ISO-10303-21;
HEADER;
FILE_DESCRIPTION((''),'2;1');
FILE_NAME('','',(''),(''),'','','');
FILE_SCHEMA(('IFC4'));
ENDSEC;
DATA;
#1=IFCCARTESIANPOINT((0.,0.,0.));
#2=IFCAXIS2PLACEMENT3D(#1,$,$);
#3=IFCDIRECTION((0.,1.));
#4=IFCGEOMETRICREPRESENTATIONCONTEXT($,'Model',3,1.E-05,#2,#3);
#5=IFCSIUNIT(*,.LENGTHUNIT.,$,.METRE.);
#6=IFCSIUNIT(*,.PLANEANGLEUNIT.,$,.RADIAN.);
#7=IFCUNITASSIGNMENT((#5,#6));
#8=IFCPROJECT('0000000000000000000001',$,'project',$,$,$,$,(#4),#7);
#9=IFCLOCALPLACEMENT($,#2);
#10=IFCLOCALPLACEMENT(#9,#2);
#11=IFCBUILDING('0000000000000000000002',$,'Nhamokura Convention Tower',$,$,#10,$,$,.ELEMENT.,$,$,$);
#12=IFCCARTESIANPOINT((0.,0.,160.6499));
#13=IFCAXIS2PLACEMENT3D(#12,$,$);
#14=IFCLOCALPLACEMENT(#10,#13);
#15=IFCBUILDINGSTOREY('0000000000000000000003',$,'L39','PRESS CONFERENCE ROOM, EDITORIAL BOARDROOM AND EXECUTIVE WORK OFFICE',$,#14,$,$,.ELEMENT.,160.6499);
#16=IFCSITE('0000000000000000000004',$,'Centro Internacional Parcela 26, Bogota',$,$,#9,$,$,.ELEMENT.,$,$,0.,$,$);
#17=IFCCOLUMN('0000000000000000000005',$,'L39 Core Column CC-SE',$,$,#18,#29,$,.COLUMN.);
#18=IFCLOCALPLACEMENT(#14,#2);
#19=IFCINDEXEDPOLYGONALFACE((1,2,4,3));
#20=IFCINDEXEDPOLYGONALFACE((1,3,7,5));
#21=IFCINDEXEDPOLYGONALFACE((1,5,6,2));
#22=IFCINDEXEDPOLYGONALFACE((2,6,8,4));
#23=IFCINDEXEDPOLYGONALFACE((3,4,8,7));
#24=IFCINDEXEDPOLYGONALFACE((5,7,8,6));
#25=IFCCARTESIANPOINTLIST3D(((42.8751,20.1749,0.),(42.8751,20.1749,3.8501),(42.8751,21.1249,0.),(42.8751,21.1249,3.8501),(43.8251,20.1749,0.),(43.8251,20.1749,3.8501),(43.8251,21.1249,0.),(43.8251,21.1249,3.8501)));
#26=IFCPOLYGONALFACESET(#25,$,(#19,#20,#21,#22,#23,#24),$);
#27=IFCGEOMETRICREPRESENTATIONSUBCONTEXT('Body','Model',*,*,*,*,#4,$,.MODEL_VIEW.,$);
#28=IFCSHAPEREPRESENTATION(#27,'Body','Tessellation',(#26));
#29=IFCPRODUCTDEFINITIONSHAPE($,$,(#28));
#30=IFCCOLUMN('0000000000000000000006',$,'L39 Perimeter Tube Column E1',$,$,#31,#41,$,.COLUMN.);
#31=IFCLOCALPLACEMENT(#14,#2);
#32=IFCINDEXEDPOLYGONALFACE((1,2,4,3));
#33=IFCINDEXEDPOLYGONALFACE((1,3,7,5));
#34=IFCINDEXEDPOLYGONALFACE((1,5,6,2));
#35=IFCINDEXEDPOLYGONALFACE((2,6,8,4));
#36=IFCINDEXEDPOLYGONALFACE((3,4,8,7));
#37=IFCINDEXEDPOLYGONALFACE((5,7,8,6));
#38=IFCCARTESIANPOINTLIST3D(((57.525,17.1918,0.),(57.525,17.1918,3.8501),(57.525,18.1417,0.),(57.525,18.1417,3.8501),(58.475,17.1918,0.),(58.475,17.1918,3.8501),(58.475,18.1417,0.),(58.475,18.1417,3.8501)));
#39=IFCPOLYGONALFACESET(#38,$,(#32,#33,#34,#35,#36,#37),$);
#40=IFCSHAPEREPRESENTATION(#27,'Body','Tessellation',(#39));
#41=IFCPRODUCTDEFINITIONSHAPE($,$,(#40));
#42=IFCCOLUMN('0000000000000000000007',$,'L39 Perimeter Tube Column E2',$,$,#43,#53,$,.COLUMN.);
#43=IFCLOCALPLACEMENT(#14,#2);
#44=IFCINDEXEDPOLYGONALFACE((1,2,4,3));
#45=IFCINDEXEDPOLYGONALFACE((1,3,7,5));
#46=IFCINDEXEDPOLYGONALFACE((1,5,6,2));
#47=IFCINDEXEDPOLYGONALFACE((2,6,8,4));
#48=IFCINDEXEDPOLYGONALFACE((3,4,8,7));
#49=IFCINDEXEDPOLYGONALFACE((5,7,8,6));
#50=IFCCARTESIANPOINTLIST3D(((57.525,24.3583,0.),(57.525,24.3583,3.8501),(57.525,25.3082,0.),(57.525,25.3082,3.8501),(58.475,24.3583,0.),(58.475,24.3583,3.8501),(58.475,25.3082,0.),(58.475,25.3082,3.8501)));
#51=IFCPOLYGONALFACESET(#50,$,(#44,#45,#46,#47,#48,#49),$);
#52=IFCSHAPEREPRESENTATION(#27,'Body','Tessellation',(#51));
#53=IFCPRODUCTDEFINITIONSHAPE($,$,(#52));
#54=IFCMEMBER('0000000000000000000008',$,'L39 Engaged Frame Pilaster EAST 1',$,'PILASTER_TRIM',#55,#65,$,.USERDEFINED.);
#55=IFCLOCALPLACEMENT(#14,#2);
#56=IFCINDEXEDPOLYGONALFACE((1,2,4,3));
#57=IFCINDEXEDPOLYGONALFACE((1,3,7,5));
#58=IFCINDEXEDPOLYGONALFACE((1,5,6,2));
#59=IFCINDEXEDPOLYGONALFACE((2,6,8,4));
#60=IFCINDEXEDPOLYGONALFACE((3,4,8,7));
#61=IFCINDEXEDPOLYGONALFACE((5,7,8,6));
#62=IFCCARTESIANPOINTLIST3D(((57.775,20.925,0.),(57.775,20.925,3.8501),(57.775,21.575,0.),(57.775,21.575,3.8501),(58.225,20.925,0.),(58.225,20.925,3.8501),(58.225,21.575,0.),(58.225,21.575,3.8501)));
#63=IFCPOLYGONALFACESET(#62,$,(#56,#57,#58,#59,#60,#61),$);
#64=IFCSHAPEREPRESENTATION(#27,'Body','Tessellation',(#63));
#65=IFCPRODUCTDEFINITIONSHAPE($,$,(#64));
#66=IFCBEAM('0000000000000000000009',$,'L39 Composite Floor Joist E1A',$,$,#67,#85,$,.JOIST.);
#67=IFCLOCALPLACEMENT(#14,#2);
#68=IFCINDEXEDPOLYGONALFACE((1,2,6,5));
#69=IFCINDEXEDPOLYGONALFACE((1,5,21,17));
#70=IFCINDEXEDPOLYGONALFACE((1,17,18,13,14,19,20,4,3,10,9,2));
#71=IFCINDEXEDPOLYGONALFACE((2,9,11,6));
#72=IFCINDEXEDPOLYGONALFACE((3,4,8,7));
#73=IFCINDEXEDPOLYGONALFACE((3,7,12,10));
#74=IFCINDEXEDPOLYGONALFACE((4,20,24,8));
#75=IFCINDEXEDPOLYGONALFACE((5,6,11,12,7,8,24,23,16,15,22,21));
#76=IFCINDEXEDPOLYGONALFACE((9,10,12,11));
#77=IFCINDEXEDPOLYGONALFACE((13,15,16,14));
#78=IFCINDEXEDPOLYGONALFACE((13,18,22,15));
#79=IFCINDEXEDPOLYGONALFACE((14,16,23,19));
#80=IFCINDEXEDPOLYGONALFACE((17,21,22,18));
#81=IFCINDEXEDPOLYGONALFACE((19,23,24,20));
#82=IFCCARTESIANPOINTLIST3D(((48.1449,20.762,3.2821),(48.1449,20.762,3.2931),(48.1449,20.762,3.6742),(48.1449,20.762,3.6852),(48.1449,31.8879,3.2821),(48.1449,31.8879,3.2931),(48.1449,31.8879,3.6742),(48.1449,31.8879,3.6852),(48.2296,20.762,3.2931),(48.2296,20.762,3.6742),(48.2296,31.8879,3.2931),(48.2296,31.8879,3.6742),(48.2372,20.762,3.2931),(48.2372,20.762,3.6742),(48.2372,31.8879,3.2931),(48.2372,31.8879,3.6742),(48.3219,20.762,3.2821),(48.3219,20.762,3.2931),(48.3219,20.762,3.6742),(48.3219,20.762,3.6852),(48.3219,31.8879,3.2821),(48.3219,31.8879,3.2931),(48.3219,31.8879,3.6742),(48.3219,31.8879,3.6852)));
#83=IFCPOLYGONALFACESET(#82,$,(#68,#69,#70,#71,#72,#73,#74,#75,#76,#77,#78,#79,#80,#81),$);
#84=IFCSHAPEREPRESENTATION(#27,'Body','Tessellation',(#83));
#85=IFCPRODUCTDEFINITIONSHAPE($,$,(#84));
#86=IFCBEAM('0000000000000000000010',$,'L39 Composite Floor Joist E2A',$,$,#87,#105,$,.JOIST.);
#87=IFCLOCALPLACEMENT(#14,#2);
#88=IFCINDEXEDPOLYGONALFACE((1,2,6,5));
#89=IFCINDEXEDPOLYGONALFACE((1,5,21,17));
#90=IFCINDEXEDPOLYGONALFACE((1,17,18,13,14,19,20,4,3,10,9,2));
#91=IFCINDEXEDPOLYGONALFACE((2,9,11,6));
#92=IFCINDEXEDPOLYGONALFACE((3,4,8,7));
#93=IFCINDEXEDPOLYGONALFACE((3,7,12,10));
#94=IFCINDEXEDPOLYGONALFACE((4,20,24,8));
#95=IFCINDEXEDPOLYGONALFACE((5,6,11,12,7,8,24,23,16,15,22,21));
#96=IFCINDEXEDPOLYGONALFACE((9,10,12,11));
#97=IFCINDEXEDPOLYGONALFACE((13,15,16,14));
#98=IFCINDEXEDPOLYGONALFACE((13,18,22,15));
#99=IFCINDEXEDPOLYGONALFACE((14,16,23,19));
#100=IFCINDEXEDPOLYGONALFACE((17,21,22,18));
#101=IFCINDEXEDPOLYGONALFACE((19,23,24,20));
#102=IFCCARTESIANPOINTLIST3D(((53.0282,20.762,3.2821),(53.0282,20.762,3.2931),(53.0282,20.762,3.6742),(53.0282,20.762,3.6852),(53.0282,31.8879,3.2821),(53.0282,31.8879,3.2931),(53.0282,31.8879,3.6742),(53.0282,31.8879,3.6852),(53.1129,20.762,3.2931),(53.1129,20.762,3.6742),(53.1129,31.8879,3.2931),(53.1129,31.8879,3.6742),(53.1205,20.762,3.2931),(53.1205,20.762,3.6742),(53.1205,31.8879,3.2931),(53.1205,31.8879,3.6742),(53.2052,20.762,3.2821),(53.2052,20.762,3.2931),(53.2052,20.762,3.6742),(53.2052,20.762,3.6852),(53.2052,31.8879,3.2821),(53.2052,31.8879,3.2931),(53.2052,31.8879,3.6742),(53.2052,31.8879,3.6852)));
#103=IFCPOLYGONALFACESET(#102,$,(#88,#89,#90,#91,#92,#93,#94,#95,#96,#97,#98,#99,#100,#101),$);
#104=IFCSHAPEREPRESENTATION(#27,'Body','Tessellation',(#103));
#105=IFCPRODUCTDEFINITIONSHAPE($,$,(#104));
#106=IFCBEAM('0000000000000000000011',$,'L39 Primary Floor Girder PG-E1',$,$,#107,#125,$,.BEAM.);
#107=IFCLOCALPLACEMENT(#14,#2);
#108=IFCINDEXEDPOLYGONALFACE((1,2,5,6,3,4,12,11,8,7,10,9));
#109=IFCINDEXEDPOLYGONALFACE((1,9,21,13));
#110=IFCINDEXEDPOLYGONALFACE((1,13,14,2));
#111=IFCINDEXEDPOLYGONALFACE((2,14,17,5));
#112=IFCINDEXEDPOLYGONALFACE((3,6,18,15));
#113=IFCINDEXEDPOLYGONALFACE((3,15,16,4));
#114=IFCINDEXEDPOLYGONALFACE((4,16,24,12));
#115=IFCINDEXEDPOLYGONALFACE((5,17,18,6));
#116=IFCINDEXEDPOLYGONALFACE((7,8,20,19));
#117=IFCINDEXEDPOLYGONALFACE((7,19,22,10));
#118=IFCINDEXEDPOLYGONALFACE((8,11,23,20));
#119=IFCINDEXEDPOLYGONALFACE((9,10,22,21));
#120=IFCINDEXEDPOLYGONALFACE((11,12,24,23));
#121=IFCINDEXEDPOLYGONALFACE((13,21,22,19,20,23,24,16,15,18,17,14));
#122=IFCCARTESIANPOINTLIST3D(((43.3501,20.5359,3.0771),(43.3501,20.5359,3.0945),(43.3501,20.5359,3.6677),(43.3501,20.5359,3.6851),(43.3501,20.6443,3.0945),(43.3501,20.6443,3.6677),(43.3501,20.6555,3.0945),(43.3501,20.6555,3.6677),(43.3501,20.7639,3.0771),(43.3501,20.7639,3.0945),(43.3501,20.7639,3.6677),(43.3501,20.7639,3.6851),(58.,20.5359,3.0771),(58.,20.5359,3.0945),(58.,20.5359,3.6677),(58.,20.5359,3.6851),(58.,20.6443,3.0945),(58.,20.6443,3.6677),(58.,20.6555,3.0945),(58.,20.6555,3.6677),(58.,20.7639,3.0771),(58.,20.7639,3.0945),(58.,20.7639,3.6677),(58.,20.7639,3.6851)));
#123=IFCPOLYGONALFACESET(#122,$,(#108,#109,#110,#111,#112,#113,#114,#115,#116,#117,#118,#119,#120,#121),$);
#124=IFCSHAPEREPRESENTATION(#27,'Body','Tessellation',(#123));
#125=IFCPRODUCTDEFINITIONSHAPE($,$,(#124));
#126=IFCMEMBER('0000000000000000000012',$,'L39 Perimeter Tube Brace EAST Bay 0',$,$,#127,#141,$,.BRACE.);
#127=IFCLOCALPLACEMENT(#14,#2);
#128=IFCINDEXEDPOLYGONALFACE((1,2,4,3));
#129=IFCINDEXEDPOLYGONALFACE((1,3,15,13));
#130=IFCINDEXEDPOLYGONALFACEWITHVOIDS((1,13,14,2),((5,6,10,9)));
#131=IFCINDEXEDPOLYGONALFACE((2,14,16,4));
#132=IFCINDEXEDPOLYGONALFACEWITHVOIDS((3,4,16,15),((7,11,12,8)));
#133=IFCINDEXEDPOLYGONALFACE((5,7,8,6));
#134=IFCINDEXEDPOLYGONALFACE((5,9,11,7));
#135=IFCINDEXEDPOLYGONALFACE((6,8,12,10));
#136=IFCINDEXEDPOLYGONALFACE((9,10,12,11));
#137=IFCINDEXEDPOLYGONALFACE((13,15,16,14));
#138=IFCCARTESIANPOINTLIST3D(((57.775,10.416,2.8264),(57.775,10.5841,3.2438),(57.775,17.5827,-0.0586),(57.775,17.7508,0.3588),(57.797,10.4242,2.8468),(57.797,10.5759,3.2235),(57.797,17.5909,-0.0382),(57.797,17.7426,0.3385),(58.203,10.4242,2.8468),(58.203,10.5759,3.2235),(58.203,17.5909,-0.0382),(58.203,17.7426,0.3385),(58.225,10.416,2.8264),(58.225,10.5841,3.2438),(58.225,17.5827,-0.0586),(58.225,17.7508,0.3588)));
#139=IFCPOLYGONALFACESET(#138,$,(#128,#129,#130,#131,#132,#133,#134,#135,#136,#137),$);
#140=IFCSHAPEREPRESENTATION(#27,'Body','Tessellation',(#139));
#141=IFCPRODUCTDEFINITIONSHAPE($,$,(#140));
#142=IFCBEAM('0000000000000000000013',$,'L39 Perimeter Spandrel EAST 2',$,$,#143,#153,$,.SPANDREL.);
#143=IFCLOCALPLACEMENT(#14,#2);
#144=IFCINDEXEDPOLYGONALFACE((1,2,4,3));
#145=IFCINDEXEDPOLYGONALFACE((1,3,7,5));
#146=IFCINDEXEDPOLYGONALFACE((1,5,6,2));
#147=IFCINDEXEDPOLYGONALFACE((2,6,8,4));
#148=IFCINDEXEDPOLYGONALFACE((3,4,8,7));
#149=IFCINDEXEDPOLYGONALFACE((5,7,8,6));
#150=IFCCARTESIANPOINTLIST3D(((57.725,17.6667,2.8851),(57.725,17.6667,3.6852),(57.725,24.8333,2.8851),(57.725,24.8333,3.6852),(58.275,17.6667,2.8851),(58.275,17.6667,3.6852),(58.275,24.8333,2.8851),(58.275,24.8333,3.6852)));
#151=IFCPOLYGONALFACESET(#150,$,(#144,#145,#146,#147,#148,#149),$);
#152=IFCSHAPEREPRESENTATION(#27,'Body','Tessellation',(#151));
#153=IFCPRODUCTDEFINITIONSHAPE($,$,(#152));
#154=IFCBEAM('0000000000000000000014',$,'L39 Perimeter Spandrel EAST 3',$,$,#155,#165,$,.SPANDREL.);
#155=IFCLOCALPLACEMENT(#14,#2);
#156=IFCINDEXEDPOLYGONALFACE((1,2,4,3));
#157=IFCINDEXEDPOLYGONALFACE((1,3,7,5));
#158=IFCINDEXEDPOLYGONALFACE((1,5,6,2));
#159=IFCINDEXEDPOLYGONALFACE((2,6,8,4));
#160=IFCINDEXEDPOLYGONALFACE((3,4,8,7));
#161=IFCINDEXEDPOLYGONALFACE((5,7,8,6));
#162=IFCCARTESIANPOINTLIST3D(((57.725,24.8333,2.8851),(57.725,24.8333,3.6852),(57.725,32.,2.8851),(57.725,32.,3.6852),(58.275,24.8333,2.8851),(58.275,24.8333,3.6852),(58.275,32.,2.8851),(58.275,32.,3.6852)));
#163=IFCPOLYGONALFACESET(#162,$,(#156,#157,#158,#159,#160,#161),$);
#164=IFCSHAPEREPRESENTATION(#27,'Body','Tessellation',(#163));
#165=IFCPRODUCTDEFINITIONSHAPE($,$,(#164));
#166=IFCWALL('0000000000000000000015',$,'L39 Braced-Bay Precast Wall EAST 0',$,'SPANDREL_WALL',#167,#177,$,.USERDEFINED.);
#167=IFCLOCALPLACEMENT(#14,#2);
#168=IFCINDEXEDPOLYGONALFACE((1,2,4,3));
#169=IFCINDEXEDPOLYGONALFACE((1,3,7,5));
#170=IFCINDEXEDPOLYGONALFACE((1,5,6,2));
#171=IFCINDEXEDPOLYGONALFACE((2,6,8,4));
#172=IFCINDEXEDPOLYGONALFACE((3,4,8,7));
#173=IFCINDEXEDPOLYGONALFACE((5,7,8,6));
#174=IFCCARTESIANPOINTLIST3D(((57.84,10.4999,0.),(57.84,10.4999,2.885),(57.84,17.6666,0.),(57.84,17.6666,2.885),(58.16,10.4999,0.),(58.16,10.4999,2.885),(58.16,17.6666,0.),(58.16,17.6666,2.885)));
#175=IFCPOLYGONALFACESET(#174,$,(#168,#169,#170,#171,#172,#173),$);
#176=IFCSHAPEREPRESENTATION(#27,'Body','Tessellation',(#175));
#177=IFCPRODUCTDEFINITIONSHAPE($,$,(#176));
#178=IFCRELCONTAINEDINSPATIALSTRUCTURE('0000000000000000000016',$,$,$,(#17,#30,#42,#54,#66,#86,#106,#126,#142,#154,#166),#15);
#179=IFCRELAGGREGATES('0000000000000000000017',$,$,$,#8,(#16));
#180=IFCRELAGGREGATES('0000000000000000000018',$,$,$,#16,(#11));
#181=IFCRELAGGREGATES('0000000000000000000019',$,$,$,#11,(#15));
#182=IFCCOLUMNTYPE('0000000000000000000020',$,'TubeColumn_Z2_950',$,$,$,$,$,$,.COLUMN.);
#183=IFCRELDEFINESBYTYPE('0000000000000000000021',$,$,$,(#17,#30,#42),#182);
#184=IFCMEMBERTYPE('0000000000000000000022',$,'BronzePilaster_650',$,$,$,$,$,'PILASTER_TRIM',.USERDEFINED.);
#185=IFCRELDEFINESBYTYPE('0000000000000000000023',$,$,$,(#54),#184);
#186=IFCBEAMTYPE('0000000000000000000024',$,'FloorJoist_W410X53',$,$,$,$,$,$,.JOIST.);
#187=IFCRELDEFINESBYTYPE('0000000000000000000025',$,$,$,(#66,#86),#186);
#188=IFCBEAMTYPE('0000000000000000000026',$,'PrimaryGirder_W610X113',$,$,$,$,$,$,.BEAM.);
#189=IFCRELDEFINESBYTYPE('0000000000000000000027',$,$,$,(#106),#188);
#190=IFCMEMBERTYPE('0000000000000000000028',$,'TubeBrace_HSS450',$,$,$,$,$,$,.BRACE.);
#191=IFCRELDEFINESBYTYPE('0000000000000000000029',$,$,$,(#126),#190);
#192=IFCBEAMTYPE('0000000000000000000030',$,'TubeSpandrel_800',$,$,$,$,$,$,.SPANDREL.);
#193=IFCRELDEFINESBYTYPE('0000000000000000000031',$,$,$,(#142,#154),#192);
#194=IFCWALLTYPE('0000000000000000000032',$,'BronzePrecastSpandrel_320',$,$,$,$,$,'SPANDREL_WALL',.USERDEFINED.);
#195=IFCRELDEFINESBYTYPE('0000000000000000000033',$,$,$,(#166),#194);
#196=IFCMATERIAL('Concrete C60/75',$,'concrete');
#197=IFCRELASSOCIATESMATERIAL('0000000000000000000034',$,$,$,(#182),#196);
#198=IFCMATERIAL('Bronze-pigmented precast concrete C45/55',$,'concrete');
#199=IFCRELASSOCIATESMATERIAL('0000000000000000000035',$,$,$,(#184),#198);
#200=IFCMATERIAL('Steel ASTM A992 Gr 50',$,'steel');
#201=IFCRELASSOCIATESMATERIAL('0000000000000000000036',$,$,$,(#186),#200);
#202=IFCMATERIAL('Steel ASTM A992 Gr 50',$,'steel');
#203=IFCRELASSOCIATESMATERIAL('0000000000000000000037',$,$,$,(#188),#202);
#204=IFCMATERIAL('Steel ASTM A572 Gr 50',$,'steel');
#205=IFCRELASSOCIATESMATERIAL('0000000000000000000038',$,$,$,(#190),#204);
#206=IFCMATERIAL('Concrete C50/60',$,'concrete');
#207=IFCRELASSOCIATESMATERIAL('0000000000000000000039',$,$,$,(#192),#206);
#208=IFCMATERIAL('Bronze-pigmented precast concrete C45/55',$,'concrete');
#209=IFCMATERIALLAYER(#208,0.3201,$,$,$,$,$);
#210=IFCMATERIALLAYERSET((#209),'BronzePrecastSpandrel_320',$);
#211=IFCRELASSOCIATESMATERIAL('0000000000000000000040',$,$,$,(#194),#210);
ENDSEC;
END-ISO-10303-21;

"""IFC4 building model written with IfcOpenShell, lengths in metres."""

from ifc_helpers import new_model, si_unit, direction, frame, frame_2d, origin, origin_2d, place, context, subcontext, project, spatial, rectangle, hollow_rectangle, i_section, extrude, material, layer, layer_set, material_profile, profile_set, type_object, element, save


model = new_model("IFC4")

# Units and contexts
model_context = context("Model", 3, precision=1e-05, world=origin(), true_north=direction((0.0, 1.0)))
body_context = subcontext(model_context, "Body", "Model", "MODEL_VIEW")
ifc_project = project(units=[si_unit("LENGTHUNIT", "METRE"), si_unit("PLANEANGLEUNIT", "RADIAN")], contexts=[model_context])

# Site, building, storey
site_placement = place(None, origin())
site = spatial("IfcSite", under=ifc_project, at=site_placement, Name="Centro Internacional Parcela 26, Bogota", CompositionType="ELEMENT", RefElevation=0.0)
building_placement = place(site_placement, origin())
building = spatial("IfcBuilding", under=site, at=building_placement, Name="Nhamokura Convention Tower", CompositionType="ELEMENT")
storey_placement = place(building_placement, frame((0.0, 0.0, 160.6499)))
storey = spatial("IfcBuildingStorey", under=building, at=storey_placement, Name="L39", Description="PRESS CONFERENCE ROOM, EDITORIAL BOARDROOM AND EXECUTIVE WORK OFFICE", CompositionType="ELEMENT", Elevation=160.6499)

# Columns
ifc_material_1 = material(Name="Concrete C60/75", Category="concrete")
ifc_material_profile_1 = material_profile(ifc_material_1, rectangle(XDim=0.95, YDim=0.95, at=origin_2d()))
ifc_profile_set_1 = profile_set([ifc_material_profile_1], Name="Concrete C60/75")
column_type = type_object("IfcColumnType", Name="TubeColumn_Z2_950", PredefinedType="COLUMN", material=ifc_profile_set_1)
for number, where, z_axis, x_axis, name in (
    (1, (43.3501, 20.6499, 0.0), (0.0, 0.0, 1.0), (1.0, 0.0, 0.0), "L39 Core Column CC-SE"),
    (2, (58.0, 17.6667, 0.0), (0.0, 0.0, 1.0), (1.0, 0.0, 0.0), "L39 Perimeter Tube Column E1"),
    (3, (58.0, 24.8333, 0.0), (0.0, 0.0, 1.0), (1.0, 0.0, 0.0), "L39 Perimeter Tube Column E2"),
):
    element("IfcColumn", number, at=place(storey_placement, frame(where, z_axis=z_axis, x_axis=x_axis)), inside=storey, type_object=column_type, Name=name, PredefinedType="COLUMN", context=body_context, shape_type="SweptSolid", body=[
        extrude(rectangle(XDim=0.95, YDim=0.95, at=origin_2d()), origin(), (0.0, 0.0, 1.0), 3.8501),
    ])

# Member
ifc_material_2 = material(Name="Bronze-pigmented precast concrete C45/55", Category="concrete")
ifc_material_profile_2 = material_profile(ifc_material_2, rectangle(XDim=0.45, YDim=0.6499, at=origin_2d()))
ifc_profile_set_2 = profile_set([ifc_material_profile_2], Name="Bronze-pigmented precast concrete C45/55")
member_type_1 = type_object("IfcMemberType", Name="BronzePilaster_650", ElementType="PILASTER_TRIM", PredefinedType="USERDEFINED", material=ifc_profile_set_2)
member_1_placement = place(storey_placement, frame((58.0, 21.25, 0.0), z_axis=(0.0, 0.0, 1.0), x_axis=(1.0, 0.0, 0.0)))
element("IfcMember", 4, at=member_1_placement, inside=storey, type_object=member_type_1, Name="L39 Engaged Frame Pilaster EAST 1", ObjectType="PILASTER_TRIM", PredefinedType="USERDEFINED", context=body_context, shape_type="SweptSolid", body=[
    extrude(rectangle(XDim=0.45, YDim=0.6499, at=origin_2d()), origin(), (0.0, 0.0, 1.0), 3.8501),
])

# Beams
ifc_material_3 = material(Name="Steel ASTM A992 Gr 50", Category="steel")
ifc_material_profile_3 = material_profile(ifc_material_3, i_section(OverallWidth=0.177, OverallDepth=0.4031, WebThickness=0.0076, FlangeThickness=0.011, at=origin_2d()))
ifc_profile_set_3 = profile_set([ifc_material_profile_3], Name="Steel ASTM A992 Gr 50")
beam_type_1 = type_object("IfcBeamType", Name="FloorJoist_W410X53", PredefinedType="JOIST", material=ifc_profile_set_3)
for number, where, z_axis, x_axis, name in (
    (5, (48.2334, 20.762, 3.4836), (0.0, 1.0, 0.0), (-1.0, 0.0, 0.0), "L39 Composite Floor Joist E1A"),
    (6, (53.1167, 20.762, 3.4836), (0.0, 1.0, 0.0), (-1.0, 0.0, 0.0), "L39 Composite Floor Joist E2A"),
):
    element("IfcBeam", number, at=place(storey_placement, frame(where, z_axis=z_axis, x_axis=x_axis)), inside=storey, type_object=beam_type_1, Name=name, PredefinedType="JOIST", context=body_context, shape_type="SweptSolid", body=[
        extrude(i_section(OverallWidth=0.177, OverallDepth=0.4031, WebThickness=0.0076, FlangeThickness=0.011, at=origin_2d()), origin(), (0.0, 0.0, 1.0), 11.126),
    ])
ifc_material_4 = material(Name="Steel ASTM A992 Gr 50", Category="steel")
ifc_material_profile_4 = material_profile(ifc_material_4, i_section(OverallWidth=0.228, OverallDepth=0.6079, WebThickness=0.0112, FlangeThickness=0.0173, at=origin_2d()))
ifc_profile_set_4 = profile_set([ifc_material_profile_4], Name="Steel ASTM A992 Gr 50")
beam_type_2 = type_object("IfcBeamType", Name="PrimaryGirder_W610X113", PredefinedType="BEAM", material=ifc_profile_set_4)
beam_1_placement = place(storey_placement, frame((43.3501, 20.6499, 3.3811), z_axis=(1.0, 0.0, 0.0), x_axis=(0.0, 1.0, 0.0)))
element("IfcBeam", 7, at=beam_1_placement, inside=storey, type_object=beam_type_2, Name="L39 Primary Floor Girder PG-E1", PredefinedType="BEAM", context=body_context, shape_type="SweptSolid", body=[
    extrude(i_section(OverallWidth=0.228, OverallDepth=0.6079, WebThickness=0.0112, FlangeThickness=0.0173, at=origin_2d()), origin(), (0.0, 0.0, 1.0), 14.6499),
])

# Member
ifc_material_5 = material(Name="Steel ASTM A572 Gr 50", Category="steel")
ifc_material_profile_5 = material_profile(ifc_material_5, hollow_rectangle(XDim=0.45, YDim=0.45, WallThickness=0.022, at=origin_2d()))
ifc_profile_set_5 = profile_set([ifc_material_profile_5], Name="Steel ASTM A572 Gr 50")
member_type_2 = type_object("IfcMemberType", Name="TubeBrace_HSS450", PredefinedType="BRACE", material=ifc_profile_set_5)
member_2_placement = place(storey_placement, frame((58.0, 17.6667, 0.1501), z_axis=(0.0, -0.927657, 0.373433), x_axis=(1.0, 0.0, 0.0)))
element("IfcMember", 8, at=member_2_placement, inside=storey, type_object=member_type_2, Name="L39 Perimeter Tube Brace EAST Bay 0", PredefinedType="BRACE", context=body_context, shape_type="SweptSolid", body=[
    extrude(hollow_rectangle(XDim=0.45, YDim=0.45, WallThickness=0.022, at=origin_2d()), origin(), (0.0, 0.0, 1.0), 7.7256),
])

# Beams
ifc_material_6 = material(Name="Concrete C50/60", Category="concrete")
ifc_material_profile_6 = material_profile(ifc_material_6, rectangle(XDim=0.55, YDim=0.8, at=origin_2d()))
ifc_profile_set_6 = profile_set([ifc_material_profile_6], Name="Concrete C50/60")
beam_type_3 = type_object("IfcBeamType", Name="TubeSpandrel_800", PredefinedType="SPANDREL", material=ifc_profile_set_6)
beam_2_placement = place(storey_placement, frame((58.0, 17.6667, 3.2852), z_axis=(0.0, 1.0, 0.0), x_axis=(-1.0, 0.0, 0.0)))
element("IfcBeam", 9, at=beam_2_placement, inside=storey, type_object=beam_type_3, Name="L39 Perimeter Spandrel EAST 2", PredefinedType="SPANDREL", context=body_context, shape_type="SweptSolid", body=[
    extrude(rectangle(XDim=0.55, YDim=0.8, at=origin_2d()), origin(), (0.0, 0.0, 1.0), 7.1665),
])
beam_3_placement = place(storey_placement, frame((58.0, 24.8333, 3.2852), z_axis=(0.0, 1.0, 0.0), x_axis=(-1.0, 0.0, 0.0)))
element("IfcBeam", 10, at=beam_3_placement, inside=storey, type_object=beam_type_3, Name="L39 Perimeter Spandrel EAST 3", PredefinedType="SPANDREL", context=body_context, shape_type="SweptSolid", body=[
    extrude(rectangle(XDim=0.55, YDim=0.8, at=origin_2d()), origin(), (0.0, 0.0, 1.0), 7.1667),
])

# Wall
ifc_material_7 = material(Name="Bronze-pigmented precast concrete C45/55", Category="concrete")
ifc_layer_1 = layer(ifc_material_7, 0.3201)
ifc_layer_set_1 = layer_set([ifc_layer_1], Name="BronzePrecastSpandrel_320")
wall_type_1 = type_object("IfcWallType", Name="BronzePrecastSpandrel_320", ElementType="SPANDREL_WALL", PredefinedType="USERDEFINED", material=ifc_layer_set_1)
wall_1_placement = place(storey_placement, frame((58.0, 17.6667, 0.0), z_axis=(0.0, 0.0, 1.0), x_axis=(0.0, -1.0, 0.0)))
element("IfcWall", 11, at=wall_1_placement, inside=storey, type_object=wall_type_1, Name="L39 Braced-Bay Precast Wall EAST 0", ObjectType="SPANDREL_WALL", PredefinedType="USERDEFINED", context=body_context, shape_type="SweptSolid", body=[
    extrude(rectangle(XDim=7.1667, YDim=0.3201, at=frame_2d((3.5835, 0.0))), origin(), (0.0, 0.0, 1.0), 2.885),
])

save(model, "model.ifc")
